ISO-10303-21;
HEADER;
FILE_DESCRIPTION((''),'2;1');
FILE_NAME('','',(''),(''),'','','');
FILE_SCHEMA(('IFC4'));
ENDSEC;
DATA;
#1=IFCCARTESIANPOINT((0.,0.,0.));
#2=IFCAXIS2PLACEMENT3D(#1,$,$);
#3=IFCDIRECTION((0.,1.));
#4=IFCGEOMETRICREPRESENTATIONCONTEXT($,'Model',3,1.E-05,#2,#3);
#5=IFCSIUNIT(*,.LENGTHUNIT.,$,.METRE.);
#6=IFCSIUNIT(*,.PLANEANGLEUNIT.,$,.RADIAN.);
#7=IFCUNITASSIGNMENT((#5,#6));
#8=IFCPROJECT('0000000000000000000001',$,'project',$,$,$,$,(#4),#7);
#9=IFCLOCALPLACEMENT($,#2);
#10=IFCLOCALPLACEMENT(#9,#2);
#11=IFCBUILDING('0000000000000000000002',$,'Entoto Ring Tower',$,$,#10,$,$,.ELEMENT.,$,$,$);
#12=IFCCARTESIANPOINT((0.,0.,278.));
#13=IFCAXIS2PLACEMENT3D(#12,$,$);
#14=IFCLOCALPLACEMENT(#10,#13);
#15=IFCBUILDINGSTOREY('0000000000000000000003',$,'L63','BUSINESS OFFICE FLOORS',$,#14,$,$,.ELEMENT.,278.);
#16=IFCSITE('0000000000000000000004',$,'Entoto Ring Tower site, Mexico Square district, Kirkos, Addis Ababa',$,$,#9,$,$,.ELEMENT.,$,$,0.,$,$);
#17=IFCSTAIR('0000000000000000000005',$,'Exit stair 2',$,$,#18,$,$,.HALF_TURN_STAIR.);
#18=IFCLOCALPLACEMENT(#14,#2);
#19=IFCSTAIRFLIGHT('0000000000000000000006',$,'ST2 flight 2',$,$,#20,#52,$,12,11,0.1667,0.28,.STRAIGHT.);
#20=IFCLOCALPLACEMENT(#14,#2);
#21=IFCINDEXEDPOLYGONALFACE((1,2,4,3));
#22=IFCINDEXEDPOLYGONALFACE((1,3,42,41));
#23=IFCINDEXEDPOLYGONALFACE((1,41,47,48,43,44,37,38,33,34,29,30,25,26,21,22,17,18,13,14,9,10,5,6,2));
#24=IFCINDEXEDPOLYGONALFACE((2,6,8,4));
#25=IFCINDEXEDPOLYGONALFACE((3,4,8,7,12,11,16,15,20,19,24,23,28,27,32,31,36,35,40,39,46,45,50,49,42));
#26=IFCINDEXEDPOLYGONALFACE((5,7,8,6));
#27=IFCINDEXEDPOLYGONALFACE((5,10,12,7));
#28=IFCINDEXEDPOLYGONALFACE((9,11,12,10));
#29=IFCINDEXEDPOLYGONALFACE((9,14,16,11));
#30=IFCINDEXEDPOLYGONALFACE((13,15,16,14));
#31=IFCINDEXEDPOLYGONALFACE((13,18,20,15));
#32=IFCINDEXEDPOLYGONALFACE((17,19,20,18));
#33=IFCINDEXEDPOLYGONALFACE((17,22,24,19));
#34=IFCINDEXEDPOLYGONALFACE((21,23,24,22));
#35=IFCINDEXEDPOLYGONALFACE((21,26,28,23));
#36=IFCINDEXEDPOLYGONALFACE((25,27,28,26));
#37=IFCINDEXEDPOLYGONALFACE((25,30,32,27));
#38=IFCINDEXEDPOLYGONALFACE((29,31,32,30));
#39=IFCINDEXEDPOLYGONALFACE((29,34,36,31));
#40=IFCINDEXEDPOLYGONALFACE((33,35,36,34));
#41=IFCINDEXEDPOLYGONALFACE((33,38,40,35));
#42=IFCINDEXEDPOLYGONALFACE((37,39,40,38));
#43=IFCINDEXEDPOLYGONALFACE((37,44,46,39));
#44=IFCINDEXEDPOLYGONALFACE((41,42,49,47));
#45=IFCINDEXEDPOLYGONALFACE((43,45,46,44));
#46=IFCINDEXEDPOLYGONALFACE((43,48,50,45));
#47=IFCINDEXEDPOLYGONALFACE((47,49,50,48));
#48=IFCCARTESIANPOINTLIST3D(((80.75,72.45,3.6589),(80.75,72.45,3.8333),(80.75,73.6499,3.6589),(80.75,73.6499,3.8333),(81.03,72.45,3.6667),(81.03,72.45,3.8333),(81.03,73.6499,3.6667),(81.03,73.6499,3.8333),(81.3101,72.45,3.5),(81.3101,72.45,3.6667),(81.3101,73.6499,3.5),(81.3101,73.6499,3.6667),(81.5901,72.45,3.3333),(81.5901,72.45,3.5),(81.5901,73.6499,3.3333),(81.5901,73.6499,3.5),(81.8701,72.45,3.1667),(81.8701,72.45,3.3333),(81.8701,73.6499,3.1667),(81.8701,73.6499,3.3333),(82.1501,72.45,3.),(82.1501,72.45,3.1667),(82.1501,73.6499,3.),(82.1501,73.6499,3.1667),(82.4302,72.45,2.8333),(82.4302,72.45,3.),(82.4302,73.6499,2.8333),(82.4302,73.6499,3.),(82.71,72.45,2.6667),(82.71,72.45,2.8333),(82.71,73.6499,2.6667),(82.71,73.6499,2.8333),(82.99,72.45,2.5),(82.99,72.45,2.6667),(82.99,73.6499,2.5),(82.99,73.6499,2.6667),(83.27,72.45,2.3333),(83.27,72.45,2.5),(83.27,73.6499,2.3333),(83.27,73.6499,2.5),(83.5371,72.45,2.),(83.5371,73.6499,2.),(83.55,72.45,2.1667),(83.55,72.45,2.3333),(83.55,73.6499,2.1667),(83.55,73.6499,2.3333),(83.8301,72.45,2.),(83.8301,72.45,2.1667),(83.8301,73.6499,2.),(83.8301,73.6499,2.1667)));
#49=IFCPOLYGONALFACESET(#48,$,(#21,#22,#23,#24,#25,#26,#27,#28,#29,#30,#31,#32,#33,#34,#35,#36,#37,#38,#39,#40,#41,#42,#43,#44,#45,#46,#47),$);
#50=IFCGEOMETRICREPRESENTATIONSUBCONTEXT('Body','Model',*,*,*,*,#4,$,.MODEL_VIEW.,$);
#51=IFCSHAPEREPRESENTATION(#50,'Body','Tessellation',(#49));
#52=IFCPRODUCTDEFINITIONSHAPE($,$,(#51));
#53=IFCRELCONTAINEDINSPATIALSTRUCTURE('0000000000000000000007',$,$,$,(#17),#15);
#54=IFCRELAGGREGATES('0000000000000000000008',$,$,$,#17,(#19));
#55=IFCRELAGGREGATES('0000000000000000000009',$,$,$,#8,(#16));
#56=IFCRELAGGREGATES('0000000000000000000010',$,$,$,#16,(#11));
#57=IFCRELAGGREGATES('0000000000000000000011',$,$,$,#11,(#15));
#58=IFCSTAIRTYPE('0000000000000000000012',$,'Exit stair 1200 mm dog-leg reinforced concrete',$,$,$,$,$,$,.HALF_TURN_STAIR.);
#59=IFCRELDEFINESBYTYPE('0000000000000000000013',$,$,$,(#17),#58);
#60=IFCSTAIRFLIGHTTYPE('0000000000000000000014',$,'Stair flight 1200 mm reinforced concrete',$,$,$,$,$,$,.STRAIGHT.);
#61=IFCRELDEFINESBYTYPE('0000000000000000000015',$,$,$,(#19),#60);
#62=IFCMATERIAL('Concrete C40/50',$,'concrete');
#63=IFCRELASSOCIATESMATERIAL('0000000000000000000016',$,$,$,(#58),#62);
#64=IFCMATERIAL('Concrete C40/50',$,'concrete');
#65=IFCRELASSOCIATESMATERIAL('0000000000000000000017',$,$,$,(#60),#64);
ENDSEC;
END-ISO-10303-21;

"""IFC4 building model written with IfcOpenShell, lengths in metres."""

from ifc_helpers import new_model, si_unit, direction, frame, origin, place, context, subcontext, project, spatial, polyline, outline, extrude, material, type_object, element, aggregate, save


model = new_model("IFC4")

# Units and contexts
model_context = context("Model", 3, precision=1e-05, world=origin(), true_north=direction((0.0, 1.0)))
body_context = subcontext(model_context, "Body", "Model", "MODEL_VIEW")
ifc_project = project(units=[si_unit("LENGTHUNIT", "METRE"), si_unit("PLANEANGLEUNIT", "RADIAN")], contexts=[model_context])

# Site, building, storey
site_placement = place(None, origin())
site = spatial("IfcSite", under=ifc_project, at=site_placement, Name="Entoto Ring Tower site, Mexico Square district, Kirkos, Addis Ababa", CompositionType="ELEMENT", RefElevation=0.0)
building_placement = place(site_placement, origin())
building = spatial("IfcBuilding", under=site, at=building_placement, Name="Entoto Ring Tower", CompositionType="ELEMENT")
storey_placement = place(building_placement, frame((0.0, 0.0, 278.0)))
storey = spatial("IfcBuildingStorey", under=building, at=storey_placement, Name="L63", Description="BUSINESS OFFICE FLOORS", CompositionType="ELEMENT", Elevation=278.0)

# Stair, stair flight
ifc_material_1 = material(Name="Concrete C40/50", Category="concrete")
stair_type = type_object("IfcStairType", Name="Exit stair 1200 mm dog-leg reinforced concrete", PredefinedType="HALF_TURN_STAIR", material=ifc_material_1)
stair_placement = place(storey_placement, origin())
stair = element("IfcStair", 1, at=stair_placement, inside=storey, type_object=stair_type, Name="Exit stair 2", PredefinedType="HALF_TURN_STAIR")
ifc_material_2 = material(Name="Concrete C40/50", Category="concrete")
stair_flight_type = type_object("IfcStairFlightType", Name="Stair flight 1200 mm reinforced concrete", PredefinedType="STRAIGHT", material=ifc_material_2)
stair_flight_1_placement = place(storey_placement, frame((83.8301, 73.05, 2.0), z_axis=(0.0, 0.0, 1.0), x_axis=(-1.0, 0.0, 0.0)))
stair_flight_1 = element("IfcStairFlight", 2, at=stair_flight_1_placement, type_object=stair_flight_type, Name="ST2 flight 2", NumberOfRisers=12, NumberOfTreads=11, PredefinedType="STRAIGHT", RiserHeight=0.1667, TreadLength=0.28, context=body_context, shape_type="SweptSolid", body=[
    extrude(outline(polyline([(0.0, 0.0), (0.0, 0.1667), (0.28, 0.1667), (0.28, 0.3333), (0.5601, 0.3333), (0.5601, 0.5), (0.8401, 0.5), (0.8401, 0.6667), (1.1201, 0.6667), (1.1201, 0.8333), (1.3999, 0.8333), (1.3999, 1.0), (1.6799, 1.0), (1.6799, 1.1667), (1.96, 1.1667), (1.96, 1.3333), (2.24, 1.3333), (2.24, 1.5), (2.52, 1.5), (2.52, 1.6667), (2.8, 1.6667), (2.8, 1.8333), (3.0801, 1.8333), (3.0801, 2.0), (3.0801, 1.6589), (0.293, 0.0), (0.0, 0.0)])), frame((0.0, 0.6001, 0.0), z_axis=(0.0, -1.0, 0.0), x_axis=(1.0, 0.0, 0.0)), (0.0, 0.0, 1.0), 1.2),
])
aggregate(stair, [stair_flight_1])

save(model, "model.ifc")
